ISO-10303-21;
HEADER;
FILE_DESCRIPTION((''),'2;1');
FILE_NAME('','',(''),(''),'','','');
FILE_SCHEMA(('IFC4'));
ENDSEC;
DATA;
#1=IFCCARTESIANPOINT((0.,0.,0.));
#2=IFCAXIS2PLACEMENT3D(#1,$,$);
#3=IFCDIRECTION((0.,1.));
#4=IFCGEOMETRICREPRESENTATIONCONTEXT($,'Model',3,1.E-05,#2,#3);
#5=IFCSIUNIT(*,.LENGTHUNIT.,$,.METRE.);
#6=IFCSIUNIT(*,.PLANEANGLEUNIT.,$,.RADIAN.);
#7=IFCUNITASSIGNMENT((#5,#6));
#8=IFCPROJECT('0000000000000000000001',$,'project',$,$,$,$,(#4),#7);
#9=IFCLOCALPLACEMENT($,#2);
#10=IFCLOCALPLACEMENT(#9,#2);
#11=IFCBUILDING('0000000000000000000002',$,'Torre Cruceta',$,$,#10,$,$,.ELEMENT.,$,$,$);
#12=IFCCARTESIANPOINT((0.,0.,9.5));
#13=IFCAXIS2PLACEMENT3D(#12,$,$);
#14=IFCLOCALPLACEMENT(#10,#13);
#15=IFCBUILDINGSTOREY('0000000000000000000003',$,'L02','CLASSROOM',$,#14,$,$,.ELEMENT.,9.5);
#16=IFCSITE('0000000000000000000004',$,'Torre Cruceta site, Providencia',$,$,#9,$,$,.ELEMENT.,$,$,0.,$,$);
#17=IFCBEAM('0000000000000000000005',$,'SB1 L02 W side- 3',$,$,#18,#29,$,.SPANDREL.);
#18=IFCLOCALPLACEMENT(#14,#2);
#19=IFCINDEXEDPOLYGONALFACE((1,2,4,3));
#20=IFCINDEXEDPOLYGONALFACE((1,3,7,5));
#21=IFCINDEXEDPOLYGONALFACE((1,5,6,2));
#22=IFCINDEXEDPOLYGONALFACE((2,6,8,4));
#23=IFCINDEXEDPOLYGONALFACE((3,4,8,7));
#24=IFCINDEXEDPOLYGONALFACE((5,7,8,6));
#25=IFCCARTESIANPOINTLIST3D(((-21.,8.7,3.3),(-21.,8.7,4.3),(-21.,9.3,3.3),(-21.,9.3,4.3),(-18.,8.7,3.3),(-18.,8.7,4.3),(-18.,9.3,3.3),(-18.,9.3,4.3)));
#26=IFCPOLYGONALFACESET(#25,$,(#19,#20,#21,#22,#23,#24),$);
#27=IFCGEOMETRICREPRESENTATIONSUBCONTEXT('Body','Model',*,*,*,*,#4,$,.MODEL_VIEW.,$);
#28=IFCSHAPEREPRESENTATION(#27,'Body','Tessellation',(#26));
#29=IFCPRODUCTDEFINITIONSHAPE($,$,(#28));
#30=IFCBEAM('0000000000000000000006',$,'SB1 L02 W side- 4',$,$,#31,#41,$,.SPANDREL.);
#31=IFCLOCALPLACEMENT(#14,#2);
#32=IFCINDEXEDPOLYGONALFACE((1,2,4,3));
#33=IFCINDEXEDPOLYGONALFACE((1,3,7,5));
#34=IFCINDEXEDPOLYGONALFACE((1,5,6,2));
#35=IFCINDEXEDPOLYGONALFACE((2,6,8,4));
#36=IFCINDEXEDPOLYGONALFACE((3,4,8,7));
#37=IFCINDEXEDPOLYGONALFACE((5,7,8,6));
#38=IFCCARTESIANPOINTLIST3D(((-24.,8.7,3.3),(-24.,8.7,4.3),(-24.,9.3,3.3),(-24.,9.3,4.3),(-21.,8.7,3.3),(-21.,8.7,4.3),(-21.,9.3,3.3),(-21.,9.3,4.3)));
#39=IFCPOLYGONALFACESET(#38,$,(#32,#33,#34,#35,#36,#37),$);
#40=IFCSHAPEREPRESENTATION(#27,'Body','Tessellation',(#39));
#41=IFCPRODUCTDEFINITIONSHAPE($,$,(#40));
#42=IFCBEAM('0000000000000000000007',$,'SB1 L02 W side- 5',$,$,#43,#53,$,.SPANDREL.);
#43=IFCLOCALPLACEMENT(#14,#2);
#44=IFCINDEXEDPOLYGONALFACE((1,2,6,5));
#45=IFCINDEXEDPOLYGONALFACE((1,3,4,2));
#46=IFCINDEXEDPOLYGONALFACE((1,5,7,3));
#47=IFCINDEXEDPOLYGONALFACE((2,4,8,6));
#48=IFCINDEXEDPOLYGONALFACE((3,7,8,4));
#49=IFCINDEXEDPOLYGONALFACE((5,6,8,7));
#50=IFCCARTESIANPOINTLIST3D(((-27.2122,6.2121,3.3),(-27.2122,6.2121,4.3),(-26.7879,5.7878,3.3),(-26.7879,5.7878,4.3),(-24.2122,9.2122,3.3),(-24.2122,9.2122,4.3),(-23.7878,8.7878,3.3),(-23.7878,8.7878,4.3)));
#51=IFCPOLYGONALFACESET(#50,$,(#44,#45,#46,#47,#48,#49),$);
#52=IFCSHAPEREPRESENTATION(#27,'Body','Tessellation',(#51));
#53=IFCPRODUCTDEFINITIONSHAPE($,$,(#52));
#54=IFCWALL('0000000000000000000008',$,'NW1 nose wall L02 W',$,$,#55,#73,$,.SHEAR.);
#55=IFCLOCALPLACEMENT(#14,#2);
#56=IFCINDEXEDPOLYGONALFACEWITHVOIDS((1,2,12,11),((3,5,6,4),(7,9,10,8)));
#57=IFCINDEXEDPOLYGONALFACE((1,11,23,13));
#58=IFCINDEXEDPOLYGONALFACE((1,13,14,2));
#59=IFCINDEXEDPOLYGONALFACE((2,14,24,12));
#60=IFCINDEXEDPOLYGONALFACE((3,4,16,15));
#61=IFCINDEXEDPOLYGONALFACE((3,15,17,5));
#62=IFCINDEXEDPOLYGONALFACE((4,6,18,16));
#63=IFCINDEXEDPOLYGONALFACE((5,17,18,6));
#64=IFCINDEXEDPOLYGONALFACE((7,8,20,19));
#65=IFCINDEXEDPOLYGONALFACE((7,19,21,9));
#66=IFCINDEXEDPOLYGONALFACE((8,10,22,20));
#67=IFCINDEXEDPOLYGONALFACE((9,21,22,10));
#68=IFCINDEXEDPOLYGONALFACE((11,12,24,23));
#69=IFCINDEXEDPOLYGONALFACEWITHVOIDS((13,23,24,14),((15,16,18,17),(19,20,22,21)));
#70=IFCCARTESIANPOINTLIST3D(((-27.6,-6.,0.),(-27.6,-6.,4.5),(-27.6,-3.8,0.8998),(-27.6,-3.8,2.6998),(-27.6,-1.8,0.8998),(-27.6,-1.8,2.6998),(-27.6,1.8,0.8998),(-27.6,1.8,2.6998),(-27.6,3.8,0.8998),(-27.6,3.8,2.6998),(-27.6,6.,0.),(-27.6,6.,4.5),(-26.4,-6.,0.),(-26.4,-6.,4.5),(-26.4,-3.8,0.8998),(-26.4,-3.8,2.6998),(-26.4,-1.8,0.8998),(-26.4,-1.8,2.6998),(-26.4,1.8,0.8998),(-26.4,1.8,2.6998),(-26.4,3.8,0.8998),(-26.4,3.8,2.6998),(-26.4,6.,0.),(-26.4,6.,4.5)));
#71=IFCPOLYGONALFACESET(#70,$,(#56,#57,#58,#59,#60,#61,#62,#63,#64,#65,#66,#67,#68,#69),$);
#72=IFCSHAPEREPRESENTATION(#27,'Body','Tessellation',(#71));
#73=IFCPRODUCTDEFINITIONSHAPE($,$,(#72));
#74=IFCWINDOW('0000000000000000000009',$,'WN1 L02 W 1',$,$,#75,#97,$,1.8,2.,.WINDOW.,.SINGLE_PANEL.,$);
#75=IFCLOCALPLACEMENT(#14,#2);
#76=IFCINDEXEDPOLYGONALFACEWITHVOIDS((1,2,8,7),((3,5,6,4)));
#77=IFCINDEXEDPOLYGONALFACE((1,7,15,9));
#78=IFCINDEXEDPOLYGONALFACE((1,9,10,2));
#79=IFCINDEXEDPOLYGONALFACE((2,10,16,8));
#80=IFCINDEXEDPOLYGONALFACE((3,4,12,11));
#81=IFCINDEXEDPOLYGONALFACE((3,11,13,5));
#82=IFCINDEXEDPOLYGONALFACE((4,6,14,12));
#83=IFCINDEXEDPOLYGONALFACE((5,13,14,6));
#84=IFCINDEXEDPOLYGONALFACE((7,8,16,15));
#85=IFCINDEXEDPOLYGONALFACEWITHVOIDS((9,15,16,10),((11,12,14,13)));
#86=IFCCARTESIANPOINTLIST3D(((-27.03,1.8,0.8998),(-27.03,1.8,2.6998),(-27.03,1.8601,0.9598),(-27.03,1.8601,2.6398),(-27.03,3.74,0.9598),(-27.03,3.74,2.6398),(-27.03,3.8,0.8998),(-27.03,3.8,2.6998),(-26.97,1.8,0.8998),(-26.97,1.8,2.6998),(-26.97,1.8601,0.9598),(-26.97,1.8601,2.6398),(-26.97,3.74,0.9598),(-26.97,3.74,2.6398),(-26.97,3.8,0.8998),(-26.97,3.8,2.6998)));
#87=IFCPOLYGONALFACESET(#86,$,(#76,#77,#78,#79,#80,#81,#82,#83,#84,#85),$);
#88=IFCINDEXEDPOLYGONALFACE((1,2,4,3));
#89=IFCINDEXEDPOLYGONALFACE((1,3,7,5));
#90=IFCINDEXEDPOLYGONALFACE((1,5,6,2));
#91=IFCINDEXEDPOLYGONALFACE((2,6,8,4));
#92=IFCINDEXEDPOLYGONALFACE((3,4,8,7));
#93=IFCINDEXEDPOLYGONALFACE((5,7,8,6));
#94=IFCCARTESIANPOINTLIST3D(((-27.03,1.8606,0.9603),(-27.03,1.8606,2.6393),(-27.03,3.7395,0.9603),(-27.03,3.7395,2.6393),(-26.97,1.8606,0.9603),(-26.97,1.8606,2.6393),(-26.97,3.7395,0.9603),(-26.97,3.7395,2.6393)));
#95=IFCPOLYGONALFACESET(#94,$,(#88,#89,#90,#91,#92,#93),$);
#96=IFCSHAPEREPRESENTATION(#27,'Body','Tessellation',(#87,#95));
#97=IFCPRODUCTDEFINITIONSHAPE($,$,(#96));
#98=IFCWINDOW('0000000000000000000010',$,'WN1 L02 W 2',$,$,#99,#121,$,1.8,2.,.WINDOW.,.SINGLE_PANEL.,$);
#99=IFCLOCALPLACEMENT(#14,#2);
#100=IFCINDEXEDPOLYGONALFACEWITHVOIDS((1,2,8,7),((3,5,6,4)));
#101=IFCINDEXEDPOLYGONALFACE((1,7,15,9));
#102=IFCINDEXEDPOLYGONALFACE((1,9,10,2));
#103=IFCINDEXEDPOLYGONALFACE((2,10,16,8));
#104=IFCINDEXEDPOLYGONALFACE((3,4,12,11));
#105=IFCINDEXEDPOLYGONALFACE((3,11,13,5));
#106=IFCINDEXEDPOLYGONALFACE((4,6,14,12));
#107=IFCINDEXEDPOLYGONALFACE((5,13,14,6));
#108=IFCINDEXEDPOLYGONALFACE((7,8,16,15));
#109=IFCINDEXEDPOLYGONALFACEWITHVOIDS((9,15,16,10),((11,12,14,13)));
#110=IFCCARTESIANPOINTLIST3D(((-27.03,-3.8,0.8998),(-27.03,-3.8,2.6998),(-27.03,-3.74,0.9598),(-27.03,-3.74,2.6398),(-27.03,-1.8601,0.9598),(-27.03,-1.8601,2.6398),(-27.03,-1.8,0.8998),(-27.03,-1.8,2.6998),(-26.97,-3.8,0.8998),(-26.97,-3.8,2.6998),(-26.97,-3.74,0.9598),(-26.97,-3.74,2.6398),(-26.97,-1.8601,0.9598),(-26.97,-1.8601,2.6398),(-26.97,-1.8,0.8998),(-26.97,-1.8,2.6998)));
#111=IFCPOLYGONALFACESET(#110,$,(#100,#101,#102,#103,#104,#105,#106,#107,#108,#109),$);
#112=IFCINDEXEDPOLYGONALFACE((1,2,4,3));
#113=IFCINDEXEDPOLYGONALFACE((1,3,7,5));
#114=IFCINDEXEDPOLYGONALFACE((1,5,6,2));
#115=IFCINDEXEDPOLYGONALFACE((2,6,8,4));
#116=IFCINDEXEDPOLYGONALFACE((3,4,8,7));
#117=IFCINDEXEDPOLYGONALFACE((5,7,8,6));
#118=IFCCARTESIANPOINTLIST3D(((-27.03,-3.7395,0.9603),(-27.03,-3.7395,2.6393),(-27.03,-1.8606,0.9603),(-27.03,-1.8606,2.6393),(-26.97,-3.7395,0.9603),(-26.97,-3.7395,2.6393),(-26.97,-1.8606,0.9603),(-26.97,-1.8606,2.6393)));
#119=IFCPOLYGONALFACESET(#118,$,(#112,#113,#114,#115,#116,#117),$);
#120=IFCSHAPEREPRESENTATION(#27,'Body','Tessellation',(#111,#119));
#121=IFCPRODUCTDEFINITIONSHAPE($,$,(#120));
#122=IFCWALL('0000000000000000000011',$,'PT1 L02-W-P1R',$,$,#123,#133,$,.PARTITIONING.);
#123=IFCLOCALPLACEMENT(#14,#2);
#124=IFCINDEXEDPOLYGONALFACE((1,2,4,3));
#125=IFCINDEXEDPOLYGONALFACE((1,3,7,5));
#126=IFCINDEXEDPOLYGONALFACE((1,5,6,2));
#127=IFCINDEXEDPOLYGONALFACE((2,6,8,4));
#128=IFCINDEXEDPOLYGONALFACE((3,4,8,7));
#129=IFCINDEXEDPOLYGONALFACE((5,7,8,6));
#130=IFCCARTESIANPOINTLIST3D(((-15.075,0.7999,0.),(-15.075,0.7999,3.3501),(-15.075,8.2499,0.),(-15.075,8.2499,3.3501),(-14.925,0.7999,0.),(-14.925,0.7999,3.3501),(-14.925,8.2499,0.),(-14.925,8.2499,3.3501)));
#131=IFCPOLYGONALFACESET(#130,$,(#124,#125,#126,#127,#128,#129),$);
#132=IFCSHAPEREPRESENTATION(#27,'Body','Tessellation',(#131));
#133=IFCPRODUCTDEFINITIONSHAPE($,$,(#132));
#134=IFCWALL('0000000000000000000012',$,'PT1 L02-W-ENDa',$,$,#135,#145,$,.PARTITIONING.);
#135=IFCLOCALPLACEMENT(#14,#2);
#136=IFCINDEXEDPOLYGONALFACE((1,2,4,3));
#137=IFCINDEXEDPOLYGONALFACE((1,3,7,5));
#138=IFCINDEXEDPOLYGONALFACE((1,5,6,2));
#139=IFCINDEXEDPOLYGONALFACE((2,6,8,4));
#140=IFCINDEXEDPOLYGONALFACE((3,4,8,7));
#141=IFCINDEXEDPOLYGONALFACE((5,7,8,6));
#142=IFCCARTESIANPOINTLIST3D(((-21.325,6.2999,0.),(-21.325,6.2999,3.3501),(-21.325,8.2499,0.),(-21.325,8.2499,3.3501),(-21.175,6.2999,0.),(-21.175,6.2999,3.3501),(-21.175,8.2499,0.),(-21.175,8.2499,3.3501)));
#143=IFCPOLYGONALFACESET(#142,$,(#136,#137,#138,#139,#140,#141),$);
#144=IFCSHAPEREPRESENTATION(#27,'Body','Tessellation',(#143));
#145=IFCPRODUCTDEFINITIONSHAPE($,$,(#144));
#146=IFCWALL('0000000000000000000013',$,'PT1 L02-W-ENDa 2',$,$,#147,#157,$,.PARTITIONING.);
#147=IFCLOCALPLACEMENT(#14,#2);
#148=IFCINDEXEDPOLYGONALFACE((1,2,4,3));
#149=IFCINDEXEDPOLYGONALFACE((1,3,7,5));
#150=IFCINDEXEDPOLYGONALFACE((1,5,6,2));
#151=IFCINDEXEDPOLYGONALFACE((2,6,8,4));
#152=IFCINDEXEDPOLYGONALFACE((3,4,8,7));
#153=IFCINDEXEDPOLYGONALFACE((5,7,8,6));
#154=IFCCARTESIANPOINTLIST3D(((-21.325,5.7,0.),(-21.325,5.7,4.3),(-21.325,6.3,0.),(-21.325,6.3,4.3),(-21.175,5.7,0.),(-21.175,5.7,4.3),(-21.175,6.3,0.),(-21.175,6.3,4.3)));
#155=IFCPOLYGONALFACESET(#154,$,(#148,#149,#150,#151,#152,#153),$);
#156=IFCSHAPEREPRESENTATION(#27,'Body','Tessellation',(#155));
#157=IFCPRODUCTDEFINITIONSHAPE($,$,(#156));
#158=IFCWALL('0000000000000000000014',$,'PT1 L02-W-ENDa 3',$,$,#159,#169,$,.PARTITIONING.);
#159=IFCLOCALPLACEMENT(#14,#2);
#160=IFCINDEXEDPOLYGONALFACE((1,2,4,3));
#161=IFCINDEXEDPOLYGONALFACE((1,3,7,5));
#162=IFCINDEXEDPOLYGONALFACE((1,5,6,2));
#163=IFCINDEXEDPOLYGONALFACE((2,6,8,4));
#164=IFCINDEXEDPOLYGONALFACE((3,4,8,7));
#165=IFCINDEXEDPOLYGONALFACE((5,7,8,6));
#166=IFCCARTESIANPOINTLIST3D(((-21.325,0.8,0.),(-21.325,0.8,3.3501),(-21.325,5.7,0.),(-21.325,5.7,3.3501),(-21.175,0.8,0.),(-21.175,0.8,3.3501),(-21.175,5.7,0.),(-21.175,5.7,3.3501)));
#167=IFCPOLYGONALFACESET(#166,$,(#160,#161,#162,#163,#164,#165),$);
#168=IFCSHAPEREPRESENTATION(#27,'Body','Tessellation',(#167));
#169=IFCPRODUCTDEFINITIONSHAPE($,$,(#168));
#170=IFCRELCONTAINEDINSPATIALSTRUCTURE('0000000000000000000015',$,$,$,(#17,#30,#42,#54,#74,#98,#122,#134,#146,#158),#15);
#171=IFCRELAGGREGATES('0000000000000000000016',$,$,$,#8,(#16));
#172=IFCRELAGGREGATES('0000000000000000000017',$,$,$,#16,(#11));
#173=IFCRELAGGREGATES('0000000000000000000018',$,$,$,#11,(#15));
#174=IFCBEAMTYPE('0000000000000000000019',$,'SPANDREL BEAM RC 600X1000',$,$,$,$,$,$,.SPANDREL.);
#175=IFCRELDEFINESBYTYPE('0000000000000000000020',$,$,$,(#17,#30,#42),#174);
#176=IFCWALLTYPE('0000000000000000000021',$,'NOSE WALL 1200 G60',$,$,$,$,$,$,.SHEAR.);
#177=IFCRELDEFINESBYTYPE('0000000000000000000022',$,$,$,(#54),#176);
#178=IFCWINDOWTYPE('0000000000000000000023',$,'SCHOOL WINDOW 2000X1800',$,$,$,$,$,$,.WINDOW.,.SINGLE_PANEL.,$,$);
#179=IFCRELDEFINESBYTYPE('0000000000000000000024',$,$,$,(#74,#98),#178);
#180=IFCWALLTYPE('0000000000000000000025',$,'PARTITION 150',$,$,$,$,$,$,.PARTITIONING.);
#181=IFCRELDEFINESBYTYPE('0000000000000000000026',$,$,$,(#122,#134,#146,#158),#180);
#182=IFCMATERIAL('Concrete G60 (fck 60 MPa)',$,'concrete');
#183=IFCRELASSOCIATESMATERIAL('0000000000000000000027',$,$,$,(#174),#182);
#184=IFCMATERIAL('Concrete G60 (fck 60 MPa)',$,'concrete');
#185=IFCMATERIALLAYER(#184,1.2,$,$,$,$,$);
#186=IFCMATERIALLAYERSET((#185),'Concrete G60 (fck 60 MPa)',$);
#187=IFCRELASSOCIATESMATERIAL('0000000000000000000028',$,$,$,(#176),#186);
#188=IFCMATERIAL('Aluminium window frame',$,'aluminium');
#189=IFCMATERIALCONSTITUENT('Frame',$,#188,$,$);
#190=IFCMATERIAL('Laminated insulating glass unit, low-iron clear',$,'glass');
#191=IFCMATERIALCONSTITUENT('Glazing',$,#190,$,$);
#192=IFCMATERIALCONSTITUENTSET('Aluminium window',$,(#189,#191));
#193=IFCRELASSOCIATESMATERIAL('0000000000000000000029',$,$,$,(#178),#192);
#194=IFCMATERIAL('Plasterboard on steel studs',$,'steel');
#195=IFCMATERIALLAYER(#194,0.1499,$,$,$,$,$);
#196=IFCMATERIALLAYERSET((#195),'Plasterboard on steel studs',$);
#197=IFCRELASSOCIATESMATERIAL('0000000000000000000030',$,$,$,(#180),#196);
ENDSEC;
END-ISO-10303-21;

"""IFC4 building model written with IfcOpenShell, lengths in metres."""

from ifc_helpers import new_model, si_unit, direction, frame, frame_2d, origin, origin_2d, place, context, subcontext, project, spatial, rectangle, hollow_rectangle, extrude, material, layer, layer_set, constituent, constituent_set, material_profile, profile_set, type_object, element, fill, save


model = new_model("IFC4")

# Units and contexts
model_context = context("Model", 3, precision=1e-05, world=origin(), true_north=direction((0.0, 1.0)))
body_context = subcontext(model_context, "Body", "Model", "MODEL_VIEW")
ifc_project = project(units=[si_unit("LENGTHUNIT", "METRE"), si_unit("PLANEANGLEUNIT", "RADIAN")], contexts=[model_context])

# Site, building, storey
site_placement = place(None, origin())
site = spatial("IfcSite", under=ifc_project, at=site_placement, Name="Torre Cruceta site, Providencia", CompositionType="ELEMENT", RefElevation=0.0)
building_placement = place(site_placement, origin())
building = spatial("IfcBuilding", under=site, at=building_placement, Name="Torre Cruceta", CompositionType="ELEMENT")
storey_placement = place(building_placement, frame((0.0, 0.0, 9.5)))
storey = spatial("IfcBuildingStorey", under=building, at=storey_placement, Name="L02", Description="CLASSROOM", CompositionType="ELEMENT", Elevation=9.5)

# Beams
ifc_material_1 = material(Name="Concrete G60 (fck 60 MPa)", Category="concrete")
ifc_material_profile_1 = material_profile(ifc_material_1, rectangle(XDim=0.6001, YDim=1.0, at=origin_2d()), Name="RC 600X1000")
ifc_profile_set_1 = profile_set([ifc_material_profile_1], Name="Concrete G60 (fck 60 MPa)")
beam_type_1 = type_object("IfcBeamType", Name="SPANDREL BEAM RC 600X1000", PredefinedType="SPANDREL", material=ifc_profile_set_1)
for number, where, z_axis, x_axis, name in (
    (1, (-18.0, 9.0, 3.8), (-1.0, 0.0, 0.0), (0.0, -1.0, 0.0), "SB1 L02 W side- 3"),
    (2, (-21.0, 9.0, 3.8), (-1.0, 0.0, 0.0), (0.0, -1.0, 0.0), "SB1 L02 W side- 4"),
):
    element("IfcBeam", number, at=place(storey_placement, frame(where, z_axis=z_axis, x_axis=x_axis)), inside=storey, type_object=beam_type_1, Name=name, PredefinedType="SPANDREL", context=body_context, shape_type="SweptSolid", body=[
        extrude(rectangle(XDim=0.6001, YDim=1.0, at=origin_2d()), origin(), (0.0, 0.0, 1.0), 3.0),
    ])
beam_1_placement = place(storey_placement, frame((-24.0, 9.0, 3.8), z_axis=(-0.707107, -0.707107, 0.0), x_axis=(0.707107, -0.707107, 0.0)))
element("IfcBeam", 3, at=beam_1_placement, inside=storey, type_object=beam_type_1, Name="SB1 L02 W side- 5", PredefinedType="SPANDREL", context=body_context, shape_type="SweptSolid", body=[
    extrude(rectangle(XDim=0.6001, YDim=1.0, at=origin_2d()), origin(), (0.0, 0.0, 1.0), 4.2427),
])

# Wall, openings, windows
ifc_material_2 = material(Name="Concrete G60 (fck 60 MPa)", Category="concrete")
ifc_layer_1 = layer(ifc_material_2, 1.2)
ifc_layer_set_1 = layer_set([ifc_layer_1], Name="Concrete G60 (fck 60 MPa)")
wall_type_1 = type_object("IfcWallType", Name="NOSE WALL 1200 G60", PredefinedType="SHEAR", material=ifc_layer_set_1)
wall_1_placement = place(storey_placement, frame((-27.0, 6.0, 0.0), z_axis=(0.0, 0.0, 1.0), x_axis=(0.0, -1.0, 0.0)))
wall_1 = element("IfcWall", 4, at=wall_1_placement, inside=storey, type_object=wall_type_1, Name="NW1 nose wall L02 W", PredefinedType="SHEAR", context=body_context, shape_type="SweptSolid", body=[
    extrude(rectangle(XDim=12.0, YDim=1.2, at=frame_2d((6.0, 0.0))), origin(), (0.0, 0.0, 1.0), 4.5),
])
opening_1_placement = place(wall_1_placement, frame((2.2, 0.0, 0.8999)))
opening_1 = element("IfcOpeningElement", 5, at=opening_1_placement, cuts=wall_1, PredefinedType="OPENING", context=body_context, shape_type="SweptSolid", body=[
    extrude(rectangle(XDim=2.0, YDim=1.8, at=frame_2d((1.0, 0.8999))), frame((0.0, 0.6099, 0.0), z_axis=(0.0, -1.0, 0.0), x_axis=(1.0, 0.0, 0.0)), (0.0, 0.0, 1.0), 1.22),
])
opening_2_placement = place(wall_1_placement, frame((7.8, 0.0, 0.8999)))
opening_2 = element("IfcOpeningElement", 6, at=opening_2_placement, cuts=wall_1, PredefinedType="OPENING", context=body_context, shape_type="SweptSolid", body=[
    extrude(rectangle(XDim=2.0, YDim=1.8, at=frame_2d((1.0, 0.8999))), frame((0.0, 0.6099, 0.0), z_axis=(0.0, -1.0, 0.0), x_axis=(1.0, 0.0, 0.0)), (0.0, 0.0, 1.0), 1.22),
])
ifc_material_3 = material(Name="Aluminium window frame", Category="aluminium")
ifc_constituent_1 = constituent(ifc_material_3, Name="Frame")
ifc_material_4 = material(Name="Laminated insulating glass unit, low-iron clear", Category="glass")
ifc_constituent_2 = constituent(ifc_material_4, Name="Glazing")
ifc_constituent_set = constituent_set(constituents=[ifc_constituent_1, ifc_constituent_2], Name="Aluminium window")
window_type = type_object("IfcWindowType", Name="SCHOOL WINDOW 2000X1800", PartitioningType="SINGLE_PANEL", PredefinedType="WINDOW", material=ifc_constituent_set)
window_1_placement = place(opening_1_placement, origin())
window_1 = element("IfcWindow", 7, at=window_1_placement, inside=storey, type_object=window_type, Name="WN1 L02 W 1", OverallHeight=1.8, OverallWidth=2.0, PartitioningType="SINGLE_PANEL", PredefinedType="WINDOW", context=body_context, shape_type="SweptSolid", body=[
    extrude(hollow_rectangle(XDim=2.0, YDim=1.8, WallThickness=0.0601, at=frame_2d((1.0, 0.8999))), frame((0.0, 0.03, 0.0), z_axis=(0.0, -1.0, 0.0), x_axis=(1.0, 0.0, 0.0)), (0.0, 0.0, 1.0), 0.0601),
    extrude(rectangle(XDim=1.8789, YDim=1.679, at=frame_2d((1.0, 0.8999))), frame((0.0, 0.03, 0.0), z_axis=(0.0, -1.0, 0.0), x_axis=(1.0, 0.0, 0.0)), (0.0, 0.0, 1.0), 0.0601),
])
fill(opening_1, window_1)
window_2_placement = place(opening_2_placement, origin())
window_2 = element("IfcWindow", 8, at=window_2_placement, inside=storey, type_object=window_type, Name="WN1 L02 W 2", OverallHeight=1.8, OverallWidth=2.0, PartitioningType="SINGLE_PANEL", PredefinedType="WINDOW", context=body_context, shape_type="SweptSolid", body=[
    extrude(hollow_rectangle(XDim=2.0, YDim=1.8, WallThickness=0.0601, at=frame_2d((1.0, 0.8999))), frame((0.0, 0.03, 0.0), z_axis=(0.0, -1.0, 0.0), x_axis=(1.0, 0.0, 0.0)), (0.0, 0.0, 1.0), 0.0601),
    extrude(rectangle(XDim=1.8789, YDim=1.679, at=frame_2d((1.0, 0.8999))), frame((0.0, 0.03, 0.0), z_axis=(0.0, -1.0, 0.0), x_axis=(1.0, 0.0, 0.0)), (0.0, 0.0, 1.0), 0.0601),
])
fill(opening_2, window_2)

# Walls
ifc_material_5 = material(Name="Plasterboard on steel studs", Category="steel")
ifc_layer_2 = layer(ifc_material_5, 0.1499)
ifc_layer_set_2 = layer_set([ifc_layer_2], Name="Plasterboard on steel studs")
wall_type_2 = type_object("IfcWallType", Name="PARTITION 150", PredefinedType="PARTITIONING", material=ifc_layer_set_2)
wall_2_placement = place(storey_placement, frame((-15.0, 8.25, 0.0), z_axis=(0.0, 0.0, 1.0), x_axis=(0.0, -1.0, 0.0)))
element("IfcWall", 9, at=wall_2_placement, inside=storey, type_object=wall_type_2, Name="PT1 L02-W-P1R", PredefinedType="PARTITIONING", context=body_context, shape_type="SweptSolid", body=[
    extrude(rectangle(XDim=7.45, YDim=0.1499, at=frame_2d((3.7251, 0.0))), origin(), (0.0, 0.0, 1.0), 3.3501),
])
wall_3_placement = place(storey_placement, frame((-21.25, 8.25, 0.0), z_axis=(0.0, 0.0, 1.0), x_axis=(0.0, -1.0, 0.0)))
element("IfcWall", 10, at=wall_3_placement, inside=storey, type_object=wall_type_2, Name="PT1 L02-W-ENDa", PredefinedType="PARTITIONING", context=body_context, shape_type="SweptSolid", body=[
    extrude(rectangle(XDim=1.95, YDim=0.1499, at=frame_2d((0.9751, 0.0))), origin(), (0.0, 0.0, 1.0), 3.3501),
])
wall_4_placement = place(storey_placement, frame((-21.25, 6.3, 0.0), z_axis=(0.0, 0.0, 1.0), x_axis=(0.0, -1.0, 0.0)))
element("IfcWall", 11, at=wall_4_placement, inside=storey, type_object=wall_type_2, Name="PT1 L02-W-ENDa 2", PredefinedType="PARTITIONING", context=body_context, shape_type="SweptSolid", body=[
    extrude(rectangle(XDim=0.6001, YDim=0.1499, at=frame_2d((0.3, 0.0))), origin(), (0.0, 0.0, 1.0), 4.3),
])
wall_5_placement = place(storey_placement, frame((-21.25, 5.7, 0.0), z_axis=(0.0, 0.0, 1.0), x_axis=(0.0, -1.0, 0.0)))
element("IfcWall", 12, at=wall_5_placement, inside=storey, type_object=wall_type_2, Name="PT1 L02-W-ENDa 3", PredefinedType="PARTITIONING", context=body_context, shape_type="SweptSolid", body=[
    extrude(rectangle(XDim=4.8999, YDim=0.1499, at=frame_2d((2.45, 0.0))), origin(), (0.0, 0.0, 1.0), 3.3501),
])

save(model, "model.ifc")
